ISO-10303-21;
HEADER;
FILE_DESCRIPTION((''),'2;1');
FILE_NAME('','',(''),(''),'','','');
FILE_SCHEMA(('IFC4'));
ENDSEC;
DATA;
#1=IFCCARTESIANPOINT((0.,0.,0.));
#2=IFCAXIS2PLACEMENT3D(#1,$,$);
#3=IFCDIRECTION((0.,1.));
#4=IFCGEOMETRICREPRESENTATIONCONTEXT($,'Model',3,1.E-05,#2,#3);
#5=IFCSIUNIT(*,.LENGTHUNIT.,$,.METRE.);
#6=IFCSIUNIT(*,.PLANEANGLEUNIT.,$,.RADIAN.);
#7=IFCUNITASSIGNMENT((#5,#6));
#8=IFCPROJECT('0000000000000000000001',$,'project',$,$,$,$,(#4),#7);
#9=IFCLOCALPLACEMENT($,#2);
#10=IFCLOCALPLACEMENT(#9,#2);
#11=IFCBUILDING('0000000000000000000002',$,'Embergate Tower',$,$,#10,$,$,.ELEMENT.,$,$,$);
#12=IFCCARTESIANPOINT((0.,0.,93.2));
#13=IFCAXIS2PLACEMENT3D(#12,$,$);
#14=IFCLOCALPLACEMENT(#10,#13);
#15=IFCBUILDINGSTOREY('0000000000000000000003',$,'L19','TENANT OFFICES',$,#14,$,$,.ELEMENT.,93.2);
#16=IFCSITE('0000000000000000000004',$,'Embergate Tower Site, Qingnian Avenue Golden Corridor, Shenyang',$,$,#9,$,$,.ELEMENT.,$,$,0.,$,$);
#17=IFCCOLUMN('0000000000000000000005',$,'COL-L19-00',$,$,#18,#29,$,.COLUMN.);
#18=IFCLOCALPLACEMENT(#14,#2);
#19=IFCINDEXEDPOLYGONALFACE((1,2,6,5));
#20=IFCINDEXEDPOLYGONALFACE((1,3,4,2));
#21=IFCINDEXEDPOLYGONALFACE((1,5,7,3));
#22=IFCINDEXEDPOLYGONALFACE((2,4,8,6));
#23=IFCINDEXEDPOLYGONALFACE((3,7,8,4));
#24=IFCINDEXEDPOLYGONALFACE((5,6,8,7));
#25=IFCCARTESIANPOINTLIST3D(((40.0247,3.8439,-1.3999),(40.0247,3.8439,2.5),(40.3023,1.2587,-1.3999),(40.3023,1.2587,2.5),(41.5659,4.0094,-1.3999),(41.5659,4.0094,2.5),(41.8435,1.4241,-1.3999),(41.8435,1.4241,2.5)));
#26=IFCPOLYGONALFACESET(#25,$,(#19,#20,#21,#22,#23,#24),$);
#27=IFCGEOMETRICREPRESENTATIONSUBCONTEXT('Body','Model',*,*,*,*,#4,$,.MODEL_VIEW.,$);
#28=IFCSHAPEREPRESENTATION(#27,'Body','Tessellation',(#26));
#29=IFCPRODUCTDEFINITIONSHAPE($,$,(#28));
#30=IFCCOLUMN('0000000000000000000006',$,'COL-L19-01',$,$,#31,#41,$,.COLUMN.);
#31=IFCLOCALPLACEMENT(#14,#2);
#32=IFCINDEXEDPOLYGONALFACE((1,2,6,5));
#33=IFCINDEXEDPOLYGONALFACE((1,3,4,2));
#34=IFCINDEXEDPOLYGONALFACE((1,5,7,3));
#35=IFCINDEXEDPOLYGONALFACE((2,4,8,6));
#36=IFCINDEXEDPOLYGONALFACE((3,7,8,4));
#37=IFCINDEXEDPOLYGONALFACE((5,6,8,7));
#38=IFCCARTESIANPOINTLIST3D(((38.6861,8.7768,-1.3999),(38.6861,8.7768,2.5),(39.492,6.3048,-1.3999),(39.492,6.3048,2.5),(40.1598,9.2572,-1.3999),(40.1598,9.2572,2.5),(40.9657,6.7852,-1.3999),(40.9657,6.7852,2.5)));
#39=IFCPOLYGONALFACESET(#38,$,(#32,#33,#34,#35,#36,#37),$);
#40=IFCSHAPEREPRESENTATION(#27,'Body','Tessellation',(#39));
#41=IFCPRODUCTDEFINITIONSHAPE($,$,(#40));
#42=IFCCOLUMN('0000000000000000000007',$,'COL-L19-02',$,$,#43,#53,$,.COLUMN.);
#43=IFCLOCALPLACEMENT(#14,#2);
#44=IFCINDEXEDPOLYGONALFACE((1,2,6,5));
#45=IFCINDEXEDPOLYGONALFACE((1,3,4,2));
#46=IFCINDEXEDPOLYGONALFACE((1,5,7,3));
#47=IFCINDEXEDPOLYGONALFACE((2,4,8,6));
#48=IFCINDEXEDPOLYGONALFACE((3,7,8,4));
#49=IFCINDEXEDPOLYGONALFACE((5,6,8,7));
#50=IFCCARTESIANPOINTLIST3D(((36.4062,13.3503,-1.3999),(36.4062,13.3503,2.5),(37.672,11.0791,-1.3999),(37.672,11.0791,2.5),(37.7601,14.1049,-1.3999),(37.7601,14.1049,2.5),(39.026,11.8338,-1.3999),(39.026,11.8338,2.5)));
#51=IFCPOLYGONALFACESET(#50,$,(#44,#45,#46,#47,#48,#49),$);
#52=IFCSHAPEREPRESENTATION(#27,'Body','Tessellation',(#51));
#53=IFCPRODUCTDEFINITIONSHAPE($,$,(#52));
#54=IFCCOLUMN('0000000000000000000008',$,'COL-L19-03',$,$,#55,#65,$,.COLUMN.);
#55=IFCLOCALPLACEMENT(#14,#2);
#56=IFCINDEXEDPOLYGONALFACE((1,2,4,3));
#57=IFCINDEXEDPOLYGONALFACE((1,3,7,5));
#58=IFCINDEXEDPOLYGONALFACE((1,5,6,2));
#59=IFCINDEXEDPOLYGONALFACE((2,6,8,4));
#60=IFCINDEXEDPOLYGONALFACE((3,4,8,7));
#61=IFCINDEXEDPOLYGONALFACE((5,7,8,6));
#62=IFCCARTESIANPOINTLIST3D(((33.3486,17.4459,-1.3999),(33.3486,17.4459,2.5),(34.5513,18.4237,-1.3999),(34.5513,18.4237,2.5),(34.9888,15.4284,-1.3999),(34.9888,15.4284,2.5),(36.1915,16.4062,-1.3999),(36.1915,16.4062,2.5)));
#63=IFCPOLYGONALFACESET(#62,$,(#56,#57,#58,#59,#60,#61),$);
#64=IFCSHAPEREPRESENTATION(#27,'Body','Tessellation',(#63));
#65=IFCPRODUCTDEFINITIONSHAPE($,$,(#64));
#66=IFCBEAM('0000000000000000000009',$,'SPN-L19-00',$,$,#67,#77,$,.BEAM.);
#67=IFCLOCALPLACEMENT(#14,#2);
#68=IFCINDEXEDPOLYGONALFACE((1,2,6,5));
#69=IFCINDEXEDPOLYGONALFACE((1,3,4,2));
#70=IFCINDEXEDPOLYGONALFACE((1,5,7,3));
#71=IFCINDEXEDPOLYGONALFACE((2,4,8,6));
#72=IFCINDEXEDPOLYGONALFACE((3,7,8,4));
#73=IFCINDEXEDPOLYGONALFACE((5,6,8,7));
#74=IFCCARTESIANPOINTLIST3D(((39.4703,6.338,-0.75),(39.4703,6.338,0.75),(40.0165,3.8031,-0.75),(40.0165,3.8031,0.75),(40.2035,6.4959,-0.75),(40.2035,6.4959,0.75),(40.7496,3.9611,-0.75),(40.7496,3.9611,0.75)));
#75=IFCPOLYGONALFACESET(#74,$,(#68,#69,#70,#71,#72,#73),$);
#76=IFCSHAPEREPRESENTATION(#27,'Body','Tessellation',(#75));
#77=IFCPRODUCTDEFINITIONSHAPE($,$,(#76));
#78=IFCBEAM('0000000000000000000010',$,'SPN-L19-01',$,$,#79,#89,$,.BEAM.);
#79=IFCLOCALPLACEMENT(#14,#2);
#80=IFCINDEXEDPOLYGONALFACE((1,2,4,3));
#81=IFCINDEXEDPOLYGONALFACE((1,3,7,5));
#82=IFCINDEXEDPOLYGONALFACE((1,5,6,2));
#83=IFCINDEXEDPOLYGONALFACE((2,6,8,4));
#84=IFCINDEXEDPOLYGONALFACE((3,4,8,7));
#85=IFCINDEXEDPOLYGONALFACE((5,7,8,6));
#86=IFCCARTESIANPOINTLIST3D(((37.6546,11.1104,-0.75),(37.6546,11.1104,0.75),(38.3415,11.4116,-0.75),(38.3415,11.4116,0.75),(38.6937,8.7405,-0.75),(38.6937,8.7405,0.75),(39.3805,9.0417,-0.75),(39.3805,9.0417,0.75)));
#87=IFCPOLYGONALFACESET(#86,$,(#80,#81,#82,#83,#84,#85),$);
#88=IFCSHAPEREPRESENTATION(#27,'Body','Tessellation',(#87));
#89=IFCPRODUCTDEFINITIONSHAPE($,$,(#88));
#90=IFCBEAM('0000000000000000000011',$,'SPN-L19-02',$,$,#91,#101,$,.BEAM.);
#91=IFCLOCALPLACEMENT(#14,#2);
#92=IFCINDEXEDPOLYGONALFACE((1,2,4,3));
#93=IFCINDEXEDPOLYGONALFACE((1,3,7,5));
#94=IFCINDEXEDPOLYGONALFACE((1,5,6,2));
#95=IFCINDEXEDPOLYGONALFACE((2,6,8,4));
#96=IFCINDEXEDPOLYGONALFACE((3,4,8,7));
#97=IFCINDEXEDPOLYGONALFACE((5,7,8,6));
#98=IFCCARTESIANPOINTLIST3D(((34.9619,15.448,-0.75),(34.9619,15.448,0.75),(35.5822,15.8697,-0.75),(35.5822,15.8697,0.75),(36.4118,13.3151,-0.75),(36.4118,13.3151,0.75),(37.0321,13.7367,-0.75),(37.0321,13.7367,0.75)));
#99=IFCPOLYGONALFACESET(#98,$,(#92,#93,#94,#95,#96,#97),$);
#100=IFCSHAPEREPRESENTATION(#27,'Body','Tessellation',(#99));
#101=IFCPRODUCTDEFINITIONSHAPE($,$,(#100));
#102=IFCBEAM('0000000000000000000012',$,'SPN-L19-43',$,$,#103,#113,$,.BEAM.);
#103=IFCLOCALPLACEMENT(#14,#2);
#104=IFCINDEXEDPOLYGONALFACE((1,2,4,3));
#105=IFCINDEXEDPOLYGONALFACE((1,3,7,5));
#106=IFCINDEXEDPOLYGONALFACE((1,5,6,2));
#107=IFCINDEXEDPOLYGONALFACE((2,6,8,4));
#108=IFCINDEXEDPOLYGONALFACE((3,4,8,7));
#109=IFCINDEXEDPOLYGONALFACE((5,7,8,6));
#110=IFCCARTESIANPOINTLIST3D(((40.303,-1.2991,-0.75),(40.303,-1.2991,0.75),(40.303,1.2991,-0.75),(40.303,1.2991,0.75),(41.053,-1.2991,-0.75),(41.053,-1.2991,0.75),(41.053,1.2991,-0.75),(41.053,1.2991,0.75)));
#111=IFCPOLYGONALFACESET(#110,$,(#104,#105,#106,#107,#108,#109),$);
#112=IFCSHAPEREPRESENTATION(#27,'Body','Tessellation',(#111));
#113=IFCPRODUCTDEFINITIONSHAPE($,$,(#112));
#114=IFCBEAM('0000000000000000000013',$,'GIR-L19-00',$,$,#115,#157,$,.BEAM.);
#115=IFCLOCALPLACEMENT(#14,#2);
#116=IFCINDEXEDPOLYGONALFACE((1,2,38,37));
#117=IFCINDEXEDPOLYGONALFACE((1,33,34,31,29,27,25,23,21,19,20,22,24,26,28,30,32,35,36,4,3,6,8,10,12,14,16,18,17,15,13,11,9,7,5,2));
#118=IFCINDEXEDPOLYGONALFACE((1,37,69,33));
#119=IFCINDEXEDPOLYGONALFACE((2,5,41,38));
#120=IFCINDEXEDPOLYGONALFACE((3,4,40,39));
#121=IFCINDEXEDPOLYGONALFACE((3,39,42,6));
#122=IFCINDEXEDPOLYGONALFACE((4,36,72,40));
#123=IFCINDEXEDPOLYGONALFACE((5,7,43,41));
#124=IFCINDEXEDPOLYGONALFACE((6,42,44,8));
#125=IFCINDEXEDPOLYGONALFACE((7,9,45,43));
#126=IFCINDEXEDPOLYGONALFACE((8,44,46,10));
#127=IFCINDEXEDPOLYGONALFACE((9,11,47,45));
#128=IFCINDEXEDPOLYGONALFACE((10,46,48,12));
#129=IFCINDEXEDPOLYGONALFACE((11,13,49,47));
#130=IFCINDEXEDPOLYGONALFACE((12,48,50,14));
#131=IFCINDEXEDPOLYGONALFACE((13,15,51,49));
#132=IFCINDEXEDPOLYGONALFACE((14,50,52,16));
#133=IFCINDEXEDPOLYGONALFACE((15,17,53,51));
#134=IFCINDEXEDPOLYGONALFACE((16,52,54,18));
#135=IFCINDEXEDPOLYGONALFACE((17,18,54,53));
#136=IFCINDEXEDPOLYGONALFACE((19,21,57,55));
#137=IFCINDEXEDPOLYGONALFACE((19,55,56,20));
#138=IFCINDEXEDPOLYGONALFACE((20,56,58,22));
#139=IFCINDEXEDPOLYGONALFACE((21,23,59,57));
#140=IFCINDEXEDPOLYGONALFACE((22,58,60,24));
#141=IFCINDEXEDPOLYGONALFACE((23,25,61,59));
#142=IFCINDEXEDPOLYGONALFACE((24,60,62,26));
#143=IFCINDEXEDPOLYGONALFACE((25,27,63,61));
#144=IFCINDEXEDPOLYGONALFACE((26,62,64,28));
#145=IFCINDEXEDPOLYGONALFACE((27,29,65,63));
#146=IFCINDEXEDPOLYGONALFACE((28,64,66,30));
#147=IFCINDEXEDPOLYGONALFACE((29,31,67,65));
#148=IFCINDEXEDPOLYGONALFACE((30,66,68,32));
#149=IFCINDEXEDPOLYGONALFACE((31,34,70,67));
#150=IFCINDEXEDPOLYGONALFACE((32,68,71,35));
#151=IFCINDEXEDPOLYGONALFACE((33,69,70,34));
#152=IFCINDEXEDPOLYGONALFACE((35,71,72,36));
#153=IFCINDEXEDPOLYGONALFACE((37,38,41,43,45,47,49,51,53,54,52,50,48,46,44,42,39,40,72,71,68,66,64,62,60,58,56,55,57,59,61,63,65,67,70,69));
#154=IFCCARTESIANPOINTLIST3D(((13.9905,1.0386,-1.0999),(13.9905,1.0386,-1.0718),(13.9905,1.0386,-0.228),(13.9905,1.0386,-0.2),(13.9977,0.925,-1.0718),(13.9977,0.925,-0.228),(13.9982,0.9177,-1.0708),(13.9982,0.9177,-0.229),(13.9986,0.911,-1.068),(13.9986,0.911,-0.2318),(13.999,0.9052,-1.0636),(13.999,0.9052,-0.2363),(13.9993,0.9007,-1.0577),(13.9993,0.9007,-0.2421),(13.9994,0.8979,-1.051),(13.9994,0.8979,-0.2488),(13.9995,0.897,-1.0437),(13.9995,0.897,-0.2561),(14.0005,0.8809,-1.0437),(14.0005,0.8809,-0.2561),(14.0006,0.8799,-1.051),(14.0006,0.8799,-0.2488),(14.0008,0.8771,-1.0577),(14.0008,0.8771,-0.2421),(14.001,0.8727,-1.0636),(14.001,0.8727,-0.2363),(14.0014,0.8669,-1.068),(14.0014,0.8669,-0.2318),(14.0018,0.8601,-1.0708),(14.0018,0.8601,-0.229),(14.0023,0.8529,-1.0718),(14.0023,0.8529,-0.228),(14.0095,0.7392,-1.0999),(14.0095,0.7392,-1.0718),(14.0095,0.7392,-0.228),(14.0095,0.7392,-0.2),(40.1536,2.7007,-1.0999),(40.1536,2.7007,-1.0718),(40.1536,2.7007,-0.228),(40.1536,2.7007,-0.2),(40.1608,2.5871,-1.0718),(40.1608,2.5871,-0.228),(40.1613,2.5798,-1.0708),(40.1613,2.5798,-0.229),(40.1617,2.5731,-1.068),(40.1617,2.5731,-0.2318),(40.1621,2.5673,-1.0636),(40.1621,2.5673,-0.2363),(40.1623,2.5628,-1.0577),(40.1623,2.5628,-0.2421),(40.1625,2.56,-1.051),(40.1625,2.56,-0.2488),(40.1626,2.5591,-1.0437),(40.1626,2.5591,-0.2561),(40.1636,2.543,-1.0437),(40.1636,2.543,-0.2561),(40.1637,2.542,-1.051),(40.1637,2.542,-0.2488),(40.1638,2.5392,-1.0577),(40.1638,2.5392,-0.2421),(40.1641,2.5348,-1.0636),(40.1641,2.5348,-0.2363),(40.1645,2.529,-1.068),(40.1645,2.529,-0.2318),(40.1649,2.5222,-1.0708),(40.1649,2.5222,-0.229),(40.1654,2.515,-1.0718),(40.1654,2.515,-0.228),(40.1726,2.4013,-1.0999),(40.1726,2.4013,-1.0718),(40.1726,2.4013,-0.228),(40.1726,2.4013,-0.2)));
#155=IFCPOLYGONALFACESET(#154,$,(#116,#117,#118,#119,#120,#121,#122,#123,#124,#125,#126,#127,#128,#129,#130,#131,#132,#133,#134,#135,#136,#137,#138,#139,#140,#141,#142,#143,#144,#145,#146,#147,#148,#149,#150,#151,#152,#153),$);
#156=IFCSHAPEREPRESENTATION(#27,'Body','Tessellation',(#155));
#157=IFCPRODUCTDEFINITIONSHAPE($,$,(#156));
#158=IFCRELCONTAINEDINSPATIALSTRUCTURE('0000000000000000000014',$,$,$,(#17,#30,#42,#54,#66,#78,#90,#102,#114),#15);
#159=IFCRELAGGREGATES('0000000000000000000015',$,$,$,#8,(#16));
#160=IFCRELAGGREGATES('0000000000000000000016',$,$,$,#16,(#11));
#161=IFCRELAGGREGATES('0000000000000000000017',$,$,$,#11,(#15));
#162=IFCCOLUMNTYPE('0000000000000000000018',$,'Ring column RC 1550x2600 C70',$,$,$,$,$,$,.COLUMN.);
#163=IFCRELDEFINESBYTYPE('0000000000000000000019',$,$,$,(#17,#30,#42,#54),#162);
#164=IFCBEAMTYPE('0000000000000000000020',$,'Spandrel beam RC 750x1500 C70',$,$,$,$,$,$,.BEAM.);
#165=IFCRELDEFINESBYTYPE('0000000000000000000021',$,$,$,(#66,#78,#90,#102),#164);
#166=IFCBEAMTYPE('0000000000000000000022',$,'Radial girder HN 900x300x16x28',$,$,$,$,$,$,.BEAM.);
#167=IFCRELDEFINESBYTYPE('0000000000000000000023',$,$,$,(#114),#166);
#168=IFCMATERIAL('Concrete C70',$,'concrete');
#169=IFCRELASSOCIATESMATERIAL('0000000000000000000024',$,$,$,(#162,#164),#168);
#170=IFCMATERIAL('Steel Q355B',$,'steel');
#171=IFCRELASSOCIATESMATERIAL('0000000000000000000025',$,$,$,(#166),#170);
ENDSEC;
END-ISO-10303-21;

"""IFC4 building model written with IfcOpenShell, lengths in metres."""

from ifc_helpers import new_model, si_unit, direction, frame, origin, origin_2d, place, context, subcontext, project, spatial, rectangle, i_section, extrude, source, transform, mapped, material, material_profile, profile_set, type_object, element, save


model = new_model("IFC4")

# Units and contexts
model_context = context("Model", 3, precision=1e-05, world=origin(), true_north=direction((0.0, 1.0)))
body_context = subcontext(model_context, "Body", "Model", "MODEL_VIEW")
ifc_project = project(units=[si_unit("LENGTHUNIT", "METRE"), si_unit("PLANEANGLEUNIT", "RADIAN")], contexts=[model_context])

# Site, building, storey
site_placement = place(None, origin())
site = spatial("IfcSite", under=ifc_project, at=site_placement, Name="Embergate Tower Site, Qingnian Avenue Golden Corridor, Shenyang", CompositionType="ELEMENT", RefElevation=0.0)
building_placement = place(site_placement, origin())
building = spatial("IfcBuilding", under=site, at=building_placement, Name="Embergate Tower", CompositionType="ELEMENT")
storey_placement = place(building_placement, frame((0.0, 0.0, 93.2)))
storey = spatial("IfcBuildingStorey", under=building, at=storey_placement, Name="L19", Description="TENANT OFFICES", CompositionType="ELEMENT", Elevation=93.2)

# Columns
ifc_material_1 = material(Name="Concrete C70", Category="concrete")
ifc_material_profile_1 = material_profile(ifc_material_1, rectangle(XDim=1.55, YDim=2.6001, at=origin_2d()), Name="RC 1550x2600")
ifc_profile_set_1 = profile_set([ifc_material_profile_1], Name="Concrete C70")
column_type = type_object("IfcColumnType", Name="Ring column RC 1550x2600 C70", PredefinedType="COLUMN", material=ifc_profile_set_1)
shared_shape_1 = source(origin(), body_context, "Body", "SweptSolid", [
    extrude(rectangle(XDim=1.55, YDim=2.6001, at=origin_2d()), origin(), (0.0, 0.0, 1.0), 3.8999),
])
for number, where, z_axis, x_axis, name in (
    (1, (40.9341, 2.634, -1.3999), (0.0, 0.0, 1.0), (0.994286, 0.10675, 0.0), "COL-L19-00"),
    (2, (39.8259, 7.781, -1.3999), (0.0, 0.0, 1.0), (0.950754, 0.309946, 0.0), "COL-L19-01"),
    (3, (37.7161, 12.592, -1.3999), (0.0, 0.0, 1.0), (0.873492, 0.486839, 0.0), "COL-L19-02"),
    (4, (34.77, 16.926, -1.3999), (0.0, 0.0, 1.0), (0.775925, 0.630825, 0.0), "COL-L19-03"),
):
    element("IfcColumn", number, at=place(storey_placement, frame(where, z_axis=z_axis, x_axis=x_axis)), inside=storey, type_object=column_type, Name=name, PredefinedType="COLUMN", context=body_context, shape_type="MappedRepresentation", body=[
        mapped(shared_shape_1, transform((0.0, 0.0, 0.0))),
    ])

# Beams
ifc_material_profile_2 = material_profile(ifc_material_1, rectangle(XDim=0.75, YDim=1.5, at=origin_2d()), Name="RC 750x1500")
ifc_profile_set_2 = profile_set([ifc_material_profile_2], Name="Concrete C70")
beam_type_1 = type_object("IfcBeamType", Name="Spandrel beam RC 750x1500 C70", PredefinedType="BEAM", material=ifc_profile_set_2)
shared_shape_2 = source(origin(), body_context, "Body", "SweptSolid", [
    extrude(rectangle(XDim=0.75, YDim=1.5, at=origin_2d()), origin(), (0.0, 0.0, 1.0), 2.593),
])
beam_1_placement = place(storey_placement, frame((40.3831, 3.8821, 0.0), z_axis=(-0.210616, 0.977569, 0.0), x_axis=(-0.977569, -0.210616, 0.0)))
element("IfcBeam", 5, at=beam_1_placement, inside=storey, type_object=beam_type_1, Name="SPN-L19-00", PredefinedType="BEAM", context=body_context, shape_type="MappedRepresentation", body=[
    mapped(shared_shape_2, transform((0.0, 0.0, 0.0))),
])
shared_shape_3 = source(origin(), body_context, "Body", "SweptSolid", [
    extrude(rectangle(XDim=0.75, YDim=1.5, at=origin_2d()), origin(), (0.0, 0.0, 1.0), 2.5876),
])
beam_2_placement = place(storey_placement, frame((39.0371, 8.8911, 0.0), z_axis=(-0.401546, 0.915839, 0.0), x_axis=(-0.915839, -0.401546, 0.0)))
element("IfcBeam", 6, at=beam_2_placement, inside=storey, type_object=beam_type_1, Name="SPN-L19-01", PredefinedType="BEAM", context=body_context, shape_type="MappedRepresentation", body=[
    mapped(shared_shape_3, transform((0.0, 0.0, 0.0))),
])
shared_shape_4 = source(origin(), body_context, "Body", "SweptSolid", [
    extrude(rectangle(XDim=0.75, YDim=1.5, at=origin_2d()), origin(), (0.0, 0.0, 1.0), 2.5791),
])
beam_3_placement = place(storey_placement, frame((36.7219, 13.5259, 0.0), z_axis=(-0.56217, 0.827022, 0.0), x_axis=(-0.827022, -0.56217, 0.0)))
element("IfcBeam", 7, at=beam_3_placement, inside=storey, type_object=beam_type_1, Name="SPN-L19-02", PredefinedType="BEAM", context=body_context, shape_type="MappedRepresentation", body=[
    mapped(shared_shape_4, transform((0.0, 0.0, 0.0))),
])
shared_shape_5 = source(origin(), body_context, "Body", "SweptSolid", [
    extrude(rectangle(XDim=0.75, YDim=1.5, at=origin_2d()), origin(), (0.0, 0.0, 1.0), 2.5981),
])
beam_4_placement = place(storey_placement, frame((40.678, -1.2991, 0.0), z_axis=(0.0, 1.0, 0.0), x_axis=(-1.0, 0.0, 0.0)))
element("IfcBeam", 8, at=beam_4_placement, inside=storey, type_object=beam_type_1, Name="SPN-L19-43", PredefinedType="BEAM", context=body_context, shape_type="MappedRepresentation", body=[
    mapped(shared_shape_5, transform((0.0, 0.0, 0.0))),
])
ifc_material_2 = material(Name="Steel Q355B", Category="steel")
ifc_material_profile_3 = material_profile(ifc_material_2, i_section(OverallWidth=0.3, OverallDepth=0.8999, WebThickness=0.0161, FlangeThickness=0.0281, FilletRadius=0.0281, at=origin_2d()), Name="HN 900x300x16x28")
ifc_profile_set_3 = profile_set([ifc_material_profile_3], Name="Steel Q355 grade B")
beam_type_2 = type_object("IfcBeamType", Name="Radial girder HN 900x300x16x28", PredefinedType="BEAM", material=ifc_profile_set_3)
shared_shape_6 = source(origin(), body_context, "Body", "SweptSolid", [
    extrude(i_section(OverallWidth=0.3, OverallDepth=0.8999, WebThickness=0.0161, FlangeThickness=0.0281, FilletRadius=0.0281, at=origin_2d()), origin(), (0.0, 0.0, 1.0), 26.2158),
])
beam_5_placement = place(storey_placement, frame((40.1631, 2.551, -0.6499), z_axis=(-0.997988, -0.063401, 0.0), x_axis=(0.063401, -0.997988, 0.0)))
element("IfcBeam", 9, at=beam_5_placement, inside=storey, type_object=beam_type_2, Name="GIR-L19-00", PredefinedType="BEAM", context=body_context, shape_type="MappedRepresentation", body=[
    mapped(shared_shape_6, transform((0.0, 0.0, 0.0))),
])

save(model, "model.ifc")
